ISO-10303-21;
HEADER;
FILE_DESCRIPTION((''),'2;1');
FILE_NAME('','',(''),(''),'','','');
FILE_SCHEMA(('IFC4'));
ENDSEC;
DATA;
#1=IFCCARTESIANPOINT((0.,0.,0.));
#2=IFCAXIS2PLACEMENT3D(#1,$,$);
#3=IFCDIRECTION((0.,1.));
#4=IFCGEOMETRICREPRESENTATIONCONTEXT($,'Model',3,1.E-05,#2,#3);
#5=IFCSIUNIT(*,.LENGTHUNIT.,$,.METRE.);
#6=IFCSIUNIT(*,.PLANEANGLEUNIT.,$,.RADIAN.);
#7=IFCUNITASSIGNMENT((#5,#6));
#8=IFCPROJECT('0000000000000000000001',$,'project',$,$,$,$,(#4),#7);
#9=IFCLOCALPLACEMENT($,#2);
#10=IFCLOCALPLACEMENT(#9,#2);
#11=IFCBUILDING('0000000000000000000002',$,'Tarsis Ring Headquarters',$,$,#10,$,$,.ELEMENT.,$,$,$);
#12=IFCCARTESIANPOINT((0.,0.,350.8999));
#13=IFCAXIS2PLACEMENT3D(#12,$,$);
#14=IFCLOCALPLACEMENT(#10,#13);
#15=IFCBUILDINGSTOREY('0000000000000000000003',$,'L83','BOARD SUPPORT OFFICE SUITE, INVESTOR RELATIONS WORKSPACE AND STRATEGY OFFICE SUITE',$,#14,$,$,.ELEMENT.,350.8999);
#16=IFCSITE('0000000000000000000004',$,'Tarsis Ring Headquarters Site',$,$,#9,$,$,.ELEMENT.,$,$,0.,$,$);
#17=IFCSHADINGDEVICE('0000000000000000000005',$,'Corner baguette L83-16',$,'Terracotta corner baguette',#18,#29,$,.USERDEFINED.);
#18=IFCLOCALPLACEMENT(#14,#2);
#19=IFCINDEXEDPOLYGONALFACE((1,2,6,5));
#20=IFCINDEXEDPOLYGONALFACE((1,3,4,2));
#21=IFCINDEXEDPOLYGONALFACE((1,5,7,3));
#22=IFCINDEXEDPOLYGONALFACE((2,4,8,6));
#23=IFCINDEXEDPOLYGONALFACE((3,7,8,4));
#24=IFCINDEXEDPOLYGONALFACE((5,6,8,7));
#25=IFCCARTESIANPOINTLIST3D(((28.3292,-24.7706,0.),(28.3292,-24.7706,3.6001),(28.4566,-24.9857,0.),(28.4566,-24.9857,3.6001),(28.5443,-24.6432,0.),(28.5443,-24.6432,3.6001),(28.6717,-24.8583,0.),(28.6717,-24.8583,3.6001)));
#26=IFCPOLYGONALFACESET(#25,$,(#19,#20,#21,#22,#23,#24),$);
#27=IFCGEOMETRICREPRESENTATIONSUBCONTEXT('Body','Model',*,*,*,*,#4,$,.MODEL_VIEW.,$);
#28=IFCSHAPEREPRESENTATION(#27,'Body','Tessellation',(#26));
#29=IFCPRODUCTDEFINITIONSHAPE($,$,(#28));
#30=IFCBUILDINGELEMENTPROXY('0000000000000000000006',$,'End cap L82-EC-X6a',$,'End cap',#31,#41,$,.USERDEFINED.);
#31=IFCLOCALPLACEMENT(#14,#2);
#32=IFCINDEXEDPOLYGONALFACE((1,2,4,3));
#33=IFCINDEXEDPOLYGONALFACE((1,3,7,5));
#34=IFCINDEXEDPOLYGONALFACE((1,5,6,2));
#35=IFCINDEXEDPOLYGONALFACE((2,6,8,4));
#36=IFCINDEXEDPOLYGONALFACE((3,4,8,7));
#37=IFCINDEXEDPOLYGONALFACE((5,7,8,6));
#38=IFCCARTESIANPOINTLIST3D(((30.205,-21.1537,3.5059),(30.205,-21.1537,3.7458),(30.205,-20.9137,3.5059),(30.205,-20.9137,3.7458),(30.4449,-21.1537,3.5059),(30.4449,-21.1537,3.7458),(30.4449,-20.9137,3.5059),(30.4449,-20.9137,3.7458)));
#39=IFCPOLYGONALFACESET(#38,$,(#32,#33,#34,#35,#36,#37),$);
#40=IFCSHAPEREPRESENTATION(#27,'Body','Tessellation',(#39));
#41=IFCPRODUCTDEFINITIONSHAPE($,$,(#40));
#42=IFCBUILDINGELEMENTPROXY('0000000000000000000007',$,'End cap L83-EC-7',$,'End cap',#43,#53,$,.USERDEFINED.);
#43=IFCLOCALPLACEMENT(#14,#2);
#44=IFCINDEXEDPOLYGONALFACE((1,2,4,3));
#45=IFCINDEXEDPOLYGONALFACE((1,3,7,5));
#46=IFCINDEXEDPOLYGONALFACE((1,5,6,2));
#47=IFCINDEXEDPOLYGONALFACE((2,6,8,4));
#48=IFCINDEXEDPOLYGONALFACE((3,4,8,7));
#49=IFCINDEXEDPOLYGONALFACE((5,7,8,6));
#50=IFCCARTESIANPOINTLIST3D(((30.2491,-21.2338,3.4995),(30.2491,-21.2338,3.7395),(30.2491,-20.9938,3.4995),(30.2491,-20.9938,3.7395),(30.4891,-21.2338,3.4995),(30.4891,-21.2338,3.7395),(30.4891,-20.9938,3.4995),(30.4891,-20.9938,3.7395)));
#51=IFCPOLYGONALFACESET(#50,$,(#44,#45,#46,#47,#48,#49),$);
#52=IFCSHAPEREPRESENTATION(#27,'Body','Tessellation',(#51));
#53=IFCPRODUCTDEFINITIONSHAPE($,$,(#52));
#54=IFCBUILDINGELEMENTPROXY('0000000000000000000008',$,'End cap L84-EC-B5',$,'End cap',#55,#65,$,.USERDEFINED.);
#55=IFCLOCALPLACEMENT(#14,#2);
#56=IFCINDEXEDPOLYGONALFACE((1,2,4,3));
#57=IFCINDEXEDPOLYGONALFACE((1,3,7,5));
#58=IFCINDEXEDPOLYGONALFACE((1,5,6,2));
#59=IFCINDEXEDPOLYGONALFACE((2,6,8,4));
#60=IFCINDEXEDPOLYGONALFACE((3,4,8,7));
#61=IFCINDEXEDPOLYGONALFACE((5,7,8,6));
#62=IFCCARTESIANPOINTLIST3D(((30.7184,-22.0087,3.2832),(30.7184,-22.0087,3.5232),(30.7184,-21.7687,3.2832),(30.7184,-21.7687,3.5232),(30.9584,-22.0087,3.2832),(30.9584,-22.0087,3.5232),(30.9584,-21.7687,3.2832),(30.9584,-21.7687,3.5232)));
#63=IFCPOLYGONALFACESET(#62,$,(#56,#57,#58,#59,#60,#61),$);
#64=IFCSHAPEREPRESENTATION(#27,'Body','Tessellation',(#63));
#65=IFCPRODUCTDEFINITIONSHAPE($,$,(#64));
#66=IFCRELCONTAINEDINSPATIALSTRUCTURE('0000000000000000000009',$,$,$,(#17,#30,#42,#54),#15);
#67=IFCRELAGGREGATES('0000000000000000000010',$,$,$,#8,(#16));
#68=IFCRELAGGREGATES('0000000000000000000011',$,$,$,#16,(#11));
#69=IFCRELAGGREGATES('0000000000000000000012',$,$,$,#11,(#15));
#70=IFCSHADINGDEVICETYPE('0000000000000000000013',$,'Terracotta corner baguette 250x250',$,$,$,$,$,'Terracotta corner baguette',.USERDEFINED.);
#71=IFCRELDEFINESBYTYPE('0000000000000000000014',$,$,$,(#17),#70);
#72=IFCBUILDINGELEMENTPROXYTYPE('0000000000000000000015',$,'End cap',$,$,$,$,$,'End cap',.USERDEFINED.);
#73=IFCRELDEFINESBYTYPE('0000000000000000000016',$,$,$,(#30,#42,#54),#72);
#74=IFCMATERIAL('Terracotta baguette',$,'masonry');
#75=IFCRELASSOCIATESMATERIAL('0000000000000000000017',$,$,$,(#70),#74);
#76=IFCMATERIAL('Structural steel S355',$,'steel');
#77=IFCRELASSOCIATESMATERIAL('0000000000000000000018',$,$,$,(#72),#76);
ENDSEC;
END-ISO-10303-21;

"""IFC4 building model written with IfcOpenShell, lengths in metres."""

from ifc_helpers import new_model, si_unit, direction, frame, origin, origin_2d, place, context, subcontext, project, spatial, rectangle, extrude, material, type_object, element, save


model = new_model("IFC4")

# Units and contexts
model_context = context("Model", 3, precision=1e-05, world=origin(), true_north=direction((0.0, 1.0)))
body_context = subcontext(model_context, "Body", "Model", "MODEL_VIEW")
ifc_project = project(units=[si_unit("LENGTHUNIT", "METRE"), si_unit("PLANEANGLEUNIT", "RADIAN")], contexts=[model_context])

# Site, building, storey
site_placement = place(None, origin())
site = spatial("IfcSite", under=ifc_project, at=site_placement, Name="Tarsis Ring Headquarters Site", CompositionType="ELEMENT", RefElevation=0.0)
building_placement = place(site_placement, origin())
building = spatial("IfcBuilding", under=site, at=building_placement, Name="Tarsis Ring Headquarters", CompositionType="ELEMENT")
storey_placement = place(building_placement, frame((0.0, 0.0, 350.8999)))
storey = spatial("IfcBuildingStorey", under=building, at=storey_placement, Name="L83", Description="BOARD SUPPORT OFFICE SUITE, INVESTOR RELATIONS WORKSPACE AND STRATEGY OFFICE SUITE", CompositionType="ELEMENT", Elevation=350.8999)

# Shared definitions
ifc_material_1 = material(Name="Structural steel S355", Category="steel")

# Shading device
ifc_material_2 = material(Name="Terracotta baguette", Category="masonry")
shading_device_type = type_object("IfcShadingDeviceType", Name="Terracotta corner baguette 250x250", ElementType="Terracotta corner baguette", PredefinedType="USERDEFINED", material=ifc_material_2)
for number, where, z_axis, x_axis, name in (
    (1, (28.5005, -24.8145, 0.0), (0.0, 0.0, 1.0), (0.860386, 0.509642, 0.0), "Corner baguette L83-16"),
):
    element("IfcShadingDevice", number, at=place(storey_placement, frame(where, z_axis=z_axis, x_axis=x_axis)), inside=storey, type_object=shading_device_type, Name=name, ObjectType="Terracotta corner baguette", PredefinedType="USERDEFINED", context=body_context, shape_type="SweptSolid", body=[
        extrude(rectangle(XDim=0.25, YDim=0.25, at=origin_2d()), origin(), (0.0, 0.0, 1.0), 3.6001),
    ])

# Building element proxies
building_element_proxy_type = type_object("IfcBuildingElementProxyType", Name="End cap", ElementType="End cap", PredefinedType="USERDEFINED", material=ifc_material_1)
for number, where, z_axis, x_axis, name in (
    (2, (30.325, -21.0337, 3.5059), (0.0, 0.0, 1.0), (1.0, 0.0, 0.0), "End cap L82-EC-X6a"),
    (3, (30.3691, -21.1138, 3.4995), (0.0, 0.0, 1.0), (1.0, 0.0, 0.0), "End cap L83-EC-7"),
    (4, (30.8384, -21.8887, 3.2832), (0.0, 0.0, 1.0), (1.0, 0.0, 0.0), "End cap L84-EC-B5"),
):
    element("IfcBuildingElementProxy", number, at=place(storey_placement, frame(where, z_axis=z_axis, x_axis=x_axis)), inside=storey, type_object=building_element_proxy_type, Name=name, ObjectType="End cap", PredefinedType="USERDEFINED", context=body_context, shape_type="SweptSolid", body=[
        extrude(rectangle(XDim=0.24, YDim=0.24, at=origin_2d()), origin(), (0.0, 0.0, 1.0), 0.24),
    ])

save(model, "model.ifc")
